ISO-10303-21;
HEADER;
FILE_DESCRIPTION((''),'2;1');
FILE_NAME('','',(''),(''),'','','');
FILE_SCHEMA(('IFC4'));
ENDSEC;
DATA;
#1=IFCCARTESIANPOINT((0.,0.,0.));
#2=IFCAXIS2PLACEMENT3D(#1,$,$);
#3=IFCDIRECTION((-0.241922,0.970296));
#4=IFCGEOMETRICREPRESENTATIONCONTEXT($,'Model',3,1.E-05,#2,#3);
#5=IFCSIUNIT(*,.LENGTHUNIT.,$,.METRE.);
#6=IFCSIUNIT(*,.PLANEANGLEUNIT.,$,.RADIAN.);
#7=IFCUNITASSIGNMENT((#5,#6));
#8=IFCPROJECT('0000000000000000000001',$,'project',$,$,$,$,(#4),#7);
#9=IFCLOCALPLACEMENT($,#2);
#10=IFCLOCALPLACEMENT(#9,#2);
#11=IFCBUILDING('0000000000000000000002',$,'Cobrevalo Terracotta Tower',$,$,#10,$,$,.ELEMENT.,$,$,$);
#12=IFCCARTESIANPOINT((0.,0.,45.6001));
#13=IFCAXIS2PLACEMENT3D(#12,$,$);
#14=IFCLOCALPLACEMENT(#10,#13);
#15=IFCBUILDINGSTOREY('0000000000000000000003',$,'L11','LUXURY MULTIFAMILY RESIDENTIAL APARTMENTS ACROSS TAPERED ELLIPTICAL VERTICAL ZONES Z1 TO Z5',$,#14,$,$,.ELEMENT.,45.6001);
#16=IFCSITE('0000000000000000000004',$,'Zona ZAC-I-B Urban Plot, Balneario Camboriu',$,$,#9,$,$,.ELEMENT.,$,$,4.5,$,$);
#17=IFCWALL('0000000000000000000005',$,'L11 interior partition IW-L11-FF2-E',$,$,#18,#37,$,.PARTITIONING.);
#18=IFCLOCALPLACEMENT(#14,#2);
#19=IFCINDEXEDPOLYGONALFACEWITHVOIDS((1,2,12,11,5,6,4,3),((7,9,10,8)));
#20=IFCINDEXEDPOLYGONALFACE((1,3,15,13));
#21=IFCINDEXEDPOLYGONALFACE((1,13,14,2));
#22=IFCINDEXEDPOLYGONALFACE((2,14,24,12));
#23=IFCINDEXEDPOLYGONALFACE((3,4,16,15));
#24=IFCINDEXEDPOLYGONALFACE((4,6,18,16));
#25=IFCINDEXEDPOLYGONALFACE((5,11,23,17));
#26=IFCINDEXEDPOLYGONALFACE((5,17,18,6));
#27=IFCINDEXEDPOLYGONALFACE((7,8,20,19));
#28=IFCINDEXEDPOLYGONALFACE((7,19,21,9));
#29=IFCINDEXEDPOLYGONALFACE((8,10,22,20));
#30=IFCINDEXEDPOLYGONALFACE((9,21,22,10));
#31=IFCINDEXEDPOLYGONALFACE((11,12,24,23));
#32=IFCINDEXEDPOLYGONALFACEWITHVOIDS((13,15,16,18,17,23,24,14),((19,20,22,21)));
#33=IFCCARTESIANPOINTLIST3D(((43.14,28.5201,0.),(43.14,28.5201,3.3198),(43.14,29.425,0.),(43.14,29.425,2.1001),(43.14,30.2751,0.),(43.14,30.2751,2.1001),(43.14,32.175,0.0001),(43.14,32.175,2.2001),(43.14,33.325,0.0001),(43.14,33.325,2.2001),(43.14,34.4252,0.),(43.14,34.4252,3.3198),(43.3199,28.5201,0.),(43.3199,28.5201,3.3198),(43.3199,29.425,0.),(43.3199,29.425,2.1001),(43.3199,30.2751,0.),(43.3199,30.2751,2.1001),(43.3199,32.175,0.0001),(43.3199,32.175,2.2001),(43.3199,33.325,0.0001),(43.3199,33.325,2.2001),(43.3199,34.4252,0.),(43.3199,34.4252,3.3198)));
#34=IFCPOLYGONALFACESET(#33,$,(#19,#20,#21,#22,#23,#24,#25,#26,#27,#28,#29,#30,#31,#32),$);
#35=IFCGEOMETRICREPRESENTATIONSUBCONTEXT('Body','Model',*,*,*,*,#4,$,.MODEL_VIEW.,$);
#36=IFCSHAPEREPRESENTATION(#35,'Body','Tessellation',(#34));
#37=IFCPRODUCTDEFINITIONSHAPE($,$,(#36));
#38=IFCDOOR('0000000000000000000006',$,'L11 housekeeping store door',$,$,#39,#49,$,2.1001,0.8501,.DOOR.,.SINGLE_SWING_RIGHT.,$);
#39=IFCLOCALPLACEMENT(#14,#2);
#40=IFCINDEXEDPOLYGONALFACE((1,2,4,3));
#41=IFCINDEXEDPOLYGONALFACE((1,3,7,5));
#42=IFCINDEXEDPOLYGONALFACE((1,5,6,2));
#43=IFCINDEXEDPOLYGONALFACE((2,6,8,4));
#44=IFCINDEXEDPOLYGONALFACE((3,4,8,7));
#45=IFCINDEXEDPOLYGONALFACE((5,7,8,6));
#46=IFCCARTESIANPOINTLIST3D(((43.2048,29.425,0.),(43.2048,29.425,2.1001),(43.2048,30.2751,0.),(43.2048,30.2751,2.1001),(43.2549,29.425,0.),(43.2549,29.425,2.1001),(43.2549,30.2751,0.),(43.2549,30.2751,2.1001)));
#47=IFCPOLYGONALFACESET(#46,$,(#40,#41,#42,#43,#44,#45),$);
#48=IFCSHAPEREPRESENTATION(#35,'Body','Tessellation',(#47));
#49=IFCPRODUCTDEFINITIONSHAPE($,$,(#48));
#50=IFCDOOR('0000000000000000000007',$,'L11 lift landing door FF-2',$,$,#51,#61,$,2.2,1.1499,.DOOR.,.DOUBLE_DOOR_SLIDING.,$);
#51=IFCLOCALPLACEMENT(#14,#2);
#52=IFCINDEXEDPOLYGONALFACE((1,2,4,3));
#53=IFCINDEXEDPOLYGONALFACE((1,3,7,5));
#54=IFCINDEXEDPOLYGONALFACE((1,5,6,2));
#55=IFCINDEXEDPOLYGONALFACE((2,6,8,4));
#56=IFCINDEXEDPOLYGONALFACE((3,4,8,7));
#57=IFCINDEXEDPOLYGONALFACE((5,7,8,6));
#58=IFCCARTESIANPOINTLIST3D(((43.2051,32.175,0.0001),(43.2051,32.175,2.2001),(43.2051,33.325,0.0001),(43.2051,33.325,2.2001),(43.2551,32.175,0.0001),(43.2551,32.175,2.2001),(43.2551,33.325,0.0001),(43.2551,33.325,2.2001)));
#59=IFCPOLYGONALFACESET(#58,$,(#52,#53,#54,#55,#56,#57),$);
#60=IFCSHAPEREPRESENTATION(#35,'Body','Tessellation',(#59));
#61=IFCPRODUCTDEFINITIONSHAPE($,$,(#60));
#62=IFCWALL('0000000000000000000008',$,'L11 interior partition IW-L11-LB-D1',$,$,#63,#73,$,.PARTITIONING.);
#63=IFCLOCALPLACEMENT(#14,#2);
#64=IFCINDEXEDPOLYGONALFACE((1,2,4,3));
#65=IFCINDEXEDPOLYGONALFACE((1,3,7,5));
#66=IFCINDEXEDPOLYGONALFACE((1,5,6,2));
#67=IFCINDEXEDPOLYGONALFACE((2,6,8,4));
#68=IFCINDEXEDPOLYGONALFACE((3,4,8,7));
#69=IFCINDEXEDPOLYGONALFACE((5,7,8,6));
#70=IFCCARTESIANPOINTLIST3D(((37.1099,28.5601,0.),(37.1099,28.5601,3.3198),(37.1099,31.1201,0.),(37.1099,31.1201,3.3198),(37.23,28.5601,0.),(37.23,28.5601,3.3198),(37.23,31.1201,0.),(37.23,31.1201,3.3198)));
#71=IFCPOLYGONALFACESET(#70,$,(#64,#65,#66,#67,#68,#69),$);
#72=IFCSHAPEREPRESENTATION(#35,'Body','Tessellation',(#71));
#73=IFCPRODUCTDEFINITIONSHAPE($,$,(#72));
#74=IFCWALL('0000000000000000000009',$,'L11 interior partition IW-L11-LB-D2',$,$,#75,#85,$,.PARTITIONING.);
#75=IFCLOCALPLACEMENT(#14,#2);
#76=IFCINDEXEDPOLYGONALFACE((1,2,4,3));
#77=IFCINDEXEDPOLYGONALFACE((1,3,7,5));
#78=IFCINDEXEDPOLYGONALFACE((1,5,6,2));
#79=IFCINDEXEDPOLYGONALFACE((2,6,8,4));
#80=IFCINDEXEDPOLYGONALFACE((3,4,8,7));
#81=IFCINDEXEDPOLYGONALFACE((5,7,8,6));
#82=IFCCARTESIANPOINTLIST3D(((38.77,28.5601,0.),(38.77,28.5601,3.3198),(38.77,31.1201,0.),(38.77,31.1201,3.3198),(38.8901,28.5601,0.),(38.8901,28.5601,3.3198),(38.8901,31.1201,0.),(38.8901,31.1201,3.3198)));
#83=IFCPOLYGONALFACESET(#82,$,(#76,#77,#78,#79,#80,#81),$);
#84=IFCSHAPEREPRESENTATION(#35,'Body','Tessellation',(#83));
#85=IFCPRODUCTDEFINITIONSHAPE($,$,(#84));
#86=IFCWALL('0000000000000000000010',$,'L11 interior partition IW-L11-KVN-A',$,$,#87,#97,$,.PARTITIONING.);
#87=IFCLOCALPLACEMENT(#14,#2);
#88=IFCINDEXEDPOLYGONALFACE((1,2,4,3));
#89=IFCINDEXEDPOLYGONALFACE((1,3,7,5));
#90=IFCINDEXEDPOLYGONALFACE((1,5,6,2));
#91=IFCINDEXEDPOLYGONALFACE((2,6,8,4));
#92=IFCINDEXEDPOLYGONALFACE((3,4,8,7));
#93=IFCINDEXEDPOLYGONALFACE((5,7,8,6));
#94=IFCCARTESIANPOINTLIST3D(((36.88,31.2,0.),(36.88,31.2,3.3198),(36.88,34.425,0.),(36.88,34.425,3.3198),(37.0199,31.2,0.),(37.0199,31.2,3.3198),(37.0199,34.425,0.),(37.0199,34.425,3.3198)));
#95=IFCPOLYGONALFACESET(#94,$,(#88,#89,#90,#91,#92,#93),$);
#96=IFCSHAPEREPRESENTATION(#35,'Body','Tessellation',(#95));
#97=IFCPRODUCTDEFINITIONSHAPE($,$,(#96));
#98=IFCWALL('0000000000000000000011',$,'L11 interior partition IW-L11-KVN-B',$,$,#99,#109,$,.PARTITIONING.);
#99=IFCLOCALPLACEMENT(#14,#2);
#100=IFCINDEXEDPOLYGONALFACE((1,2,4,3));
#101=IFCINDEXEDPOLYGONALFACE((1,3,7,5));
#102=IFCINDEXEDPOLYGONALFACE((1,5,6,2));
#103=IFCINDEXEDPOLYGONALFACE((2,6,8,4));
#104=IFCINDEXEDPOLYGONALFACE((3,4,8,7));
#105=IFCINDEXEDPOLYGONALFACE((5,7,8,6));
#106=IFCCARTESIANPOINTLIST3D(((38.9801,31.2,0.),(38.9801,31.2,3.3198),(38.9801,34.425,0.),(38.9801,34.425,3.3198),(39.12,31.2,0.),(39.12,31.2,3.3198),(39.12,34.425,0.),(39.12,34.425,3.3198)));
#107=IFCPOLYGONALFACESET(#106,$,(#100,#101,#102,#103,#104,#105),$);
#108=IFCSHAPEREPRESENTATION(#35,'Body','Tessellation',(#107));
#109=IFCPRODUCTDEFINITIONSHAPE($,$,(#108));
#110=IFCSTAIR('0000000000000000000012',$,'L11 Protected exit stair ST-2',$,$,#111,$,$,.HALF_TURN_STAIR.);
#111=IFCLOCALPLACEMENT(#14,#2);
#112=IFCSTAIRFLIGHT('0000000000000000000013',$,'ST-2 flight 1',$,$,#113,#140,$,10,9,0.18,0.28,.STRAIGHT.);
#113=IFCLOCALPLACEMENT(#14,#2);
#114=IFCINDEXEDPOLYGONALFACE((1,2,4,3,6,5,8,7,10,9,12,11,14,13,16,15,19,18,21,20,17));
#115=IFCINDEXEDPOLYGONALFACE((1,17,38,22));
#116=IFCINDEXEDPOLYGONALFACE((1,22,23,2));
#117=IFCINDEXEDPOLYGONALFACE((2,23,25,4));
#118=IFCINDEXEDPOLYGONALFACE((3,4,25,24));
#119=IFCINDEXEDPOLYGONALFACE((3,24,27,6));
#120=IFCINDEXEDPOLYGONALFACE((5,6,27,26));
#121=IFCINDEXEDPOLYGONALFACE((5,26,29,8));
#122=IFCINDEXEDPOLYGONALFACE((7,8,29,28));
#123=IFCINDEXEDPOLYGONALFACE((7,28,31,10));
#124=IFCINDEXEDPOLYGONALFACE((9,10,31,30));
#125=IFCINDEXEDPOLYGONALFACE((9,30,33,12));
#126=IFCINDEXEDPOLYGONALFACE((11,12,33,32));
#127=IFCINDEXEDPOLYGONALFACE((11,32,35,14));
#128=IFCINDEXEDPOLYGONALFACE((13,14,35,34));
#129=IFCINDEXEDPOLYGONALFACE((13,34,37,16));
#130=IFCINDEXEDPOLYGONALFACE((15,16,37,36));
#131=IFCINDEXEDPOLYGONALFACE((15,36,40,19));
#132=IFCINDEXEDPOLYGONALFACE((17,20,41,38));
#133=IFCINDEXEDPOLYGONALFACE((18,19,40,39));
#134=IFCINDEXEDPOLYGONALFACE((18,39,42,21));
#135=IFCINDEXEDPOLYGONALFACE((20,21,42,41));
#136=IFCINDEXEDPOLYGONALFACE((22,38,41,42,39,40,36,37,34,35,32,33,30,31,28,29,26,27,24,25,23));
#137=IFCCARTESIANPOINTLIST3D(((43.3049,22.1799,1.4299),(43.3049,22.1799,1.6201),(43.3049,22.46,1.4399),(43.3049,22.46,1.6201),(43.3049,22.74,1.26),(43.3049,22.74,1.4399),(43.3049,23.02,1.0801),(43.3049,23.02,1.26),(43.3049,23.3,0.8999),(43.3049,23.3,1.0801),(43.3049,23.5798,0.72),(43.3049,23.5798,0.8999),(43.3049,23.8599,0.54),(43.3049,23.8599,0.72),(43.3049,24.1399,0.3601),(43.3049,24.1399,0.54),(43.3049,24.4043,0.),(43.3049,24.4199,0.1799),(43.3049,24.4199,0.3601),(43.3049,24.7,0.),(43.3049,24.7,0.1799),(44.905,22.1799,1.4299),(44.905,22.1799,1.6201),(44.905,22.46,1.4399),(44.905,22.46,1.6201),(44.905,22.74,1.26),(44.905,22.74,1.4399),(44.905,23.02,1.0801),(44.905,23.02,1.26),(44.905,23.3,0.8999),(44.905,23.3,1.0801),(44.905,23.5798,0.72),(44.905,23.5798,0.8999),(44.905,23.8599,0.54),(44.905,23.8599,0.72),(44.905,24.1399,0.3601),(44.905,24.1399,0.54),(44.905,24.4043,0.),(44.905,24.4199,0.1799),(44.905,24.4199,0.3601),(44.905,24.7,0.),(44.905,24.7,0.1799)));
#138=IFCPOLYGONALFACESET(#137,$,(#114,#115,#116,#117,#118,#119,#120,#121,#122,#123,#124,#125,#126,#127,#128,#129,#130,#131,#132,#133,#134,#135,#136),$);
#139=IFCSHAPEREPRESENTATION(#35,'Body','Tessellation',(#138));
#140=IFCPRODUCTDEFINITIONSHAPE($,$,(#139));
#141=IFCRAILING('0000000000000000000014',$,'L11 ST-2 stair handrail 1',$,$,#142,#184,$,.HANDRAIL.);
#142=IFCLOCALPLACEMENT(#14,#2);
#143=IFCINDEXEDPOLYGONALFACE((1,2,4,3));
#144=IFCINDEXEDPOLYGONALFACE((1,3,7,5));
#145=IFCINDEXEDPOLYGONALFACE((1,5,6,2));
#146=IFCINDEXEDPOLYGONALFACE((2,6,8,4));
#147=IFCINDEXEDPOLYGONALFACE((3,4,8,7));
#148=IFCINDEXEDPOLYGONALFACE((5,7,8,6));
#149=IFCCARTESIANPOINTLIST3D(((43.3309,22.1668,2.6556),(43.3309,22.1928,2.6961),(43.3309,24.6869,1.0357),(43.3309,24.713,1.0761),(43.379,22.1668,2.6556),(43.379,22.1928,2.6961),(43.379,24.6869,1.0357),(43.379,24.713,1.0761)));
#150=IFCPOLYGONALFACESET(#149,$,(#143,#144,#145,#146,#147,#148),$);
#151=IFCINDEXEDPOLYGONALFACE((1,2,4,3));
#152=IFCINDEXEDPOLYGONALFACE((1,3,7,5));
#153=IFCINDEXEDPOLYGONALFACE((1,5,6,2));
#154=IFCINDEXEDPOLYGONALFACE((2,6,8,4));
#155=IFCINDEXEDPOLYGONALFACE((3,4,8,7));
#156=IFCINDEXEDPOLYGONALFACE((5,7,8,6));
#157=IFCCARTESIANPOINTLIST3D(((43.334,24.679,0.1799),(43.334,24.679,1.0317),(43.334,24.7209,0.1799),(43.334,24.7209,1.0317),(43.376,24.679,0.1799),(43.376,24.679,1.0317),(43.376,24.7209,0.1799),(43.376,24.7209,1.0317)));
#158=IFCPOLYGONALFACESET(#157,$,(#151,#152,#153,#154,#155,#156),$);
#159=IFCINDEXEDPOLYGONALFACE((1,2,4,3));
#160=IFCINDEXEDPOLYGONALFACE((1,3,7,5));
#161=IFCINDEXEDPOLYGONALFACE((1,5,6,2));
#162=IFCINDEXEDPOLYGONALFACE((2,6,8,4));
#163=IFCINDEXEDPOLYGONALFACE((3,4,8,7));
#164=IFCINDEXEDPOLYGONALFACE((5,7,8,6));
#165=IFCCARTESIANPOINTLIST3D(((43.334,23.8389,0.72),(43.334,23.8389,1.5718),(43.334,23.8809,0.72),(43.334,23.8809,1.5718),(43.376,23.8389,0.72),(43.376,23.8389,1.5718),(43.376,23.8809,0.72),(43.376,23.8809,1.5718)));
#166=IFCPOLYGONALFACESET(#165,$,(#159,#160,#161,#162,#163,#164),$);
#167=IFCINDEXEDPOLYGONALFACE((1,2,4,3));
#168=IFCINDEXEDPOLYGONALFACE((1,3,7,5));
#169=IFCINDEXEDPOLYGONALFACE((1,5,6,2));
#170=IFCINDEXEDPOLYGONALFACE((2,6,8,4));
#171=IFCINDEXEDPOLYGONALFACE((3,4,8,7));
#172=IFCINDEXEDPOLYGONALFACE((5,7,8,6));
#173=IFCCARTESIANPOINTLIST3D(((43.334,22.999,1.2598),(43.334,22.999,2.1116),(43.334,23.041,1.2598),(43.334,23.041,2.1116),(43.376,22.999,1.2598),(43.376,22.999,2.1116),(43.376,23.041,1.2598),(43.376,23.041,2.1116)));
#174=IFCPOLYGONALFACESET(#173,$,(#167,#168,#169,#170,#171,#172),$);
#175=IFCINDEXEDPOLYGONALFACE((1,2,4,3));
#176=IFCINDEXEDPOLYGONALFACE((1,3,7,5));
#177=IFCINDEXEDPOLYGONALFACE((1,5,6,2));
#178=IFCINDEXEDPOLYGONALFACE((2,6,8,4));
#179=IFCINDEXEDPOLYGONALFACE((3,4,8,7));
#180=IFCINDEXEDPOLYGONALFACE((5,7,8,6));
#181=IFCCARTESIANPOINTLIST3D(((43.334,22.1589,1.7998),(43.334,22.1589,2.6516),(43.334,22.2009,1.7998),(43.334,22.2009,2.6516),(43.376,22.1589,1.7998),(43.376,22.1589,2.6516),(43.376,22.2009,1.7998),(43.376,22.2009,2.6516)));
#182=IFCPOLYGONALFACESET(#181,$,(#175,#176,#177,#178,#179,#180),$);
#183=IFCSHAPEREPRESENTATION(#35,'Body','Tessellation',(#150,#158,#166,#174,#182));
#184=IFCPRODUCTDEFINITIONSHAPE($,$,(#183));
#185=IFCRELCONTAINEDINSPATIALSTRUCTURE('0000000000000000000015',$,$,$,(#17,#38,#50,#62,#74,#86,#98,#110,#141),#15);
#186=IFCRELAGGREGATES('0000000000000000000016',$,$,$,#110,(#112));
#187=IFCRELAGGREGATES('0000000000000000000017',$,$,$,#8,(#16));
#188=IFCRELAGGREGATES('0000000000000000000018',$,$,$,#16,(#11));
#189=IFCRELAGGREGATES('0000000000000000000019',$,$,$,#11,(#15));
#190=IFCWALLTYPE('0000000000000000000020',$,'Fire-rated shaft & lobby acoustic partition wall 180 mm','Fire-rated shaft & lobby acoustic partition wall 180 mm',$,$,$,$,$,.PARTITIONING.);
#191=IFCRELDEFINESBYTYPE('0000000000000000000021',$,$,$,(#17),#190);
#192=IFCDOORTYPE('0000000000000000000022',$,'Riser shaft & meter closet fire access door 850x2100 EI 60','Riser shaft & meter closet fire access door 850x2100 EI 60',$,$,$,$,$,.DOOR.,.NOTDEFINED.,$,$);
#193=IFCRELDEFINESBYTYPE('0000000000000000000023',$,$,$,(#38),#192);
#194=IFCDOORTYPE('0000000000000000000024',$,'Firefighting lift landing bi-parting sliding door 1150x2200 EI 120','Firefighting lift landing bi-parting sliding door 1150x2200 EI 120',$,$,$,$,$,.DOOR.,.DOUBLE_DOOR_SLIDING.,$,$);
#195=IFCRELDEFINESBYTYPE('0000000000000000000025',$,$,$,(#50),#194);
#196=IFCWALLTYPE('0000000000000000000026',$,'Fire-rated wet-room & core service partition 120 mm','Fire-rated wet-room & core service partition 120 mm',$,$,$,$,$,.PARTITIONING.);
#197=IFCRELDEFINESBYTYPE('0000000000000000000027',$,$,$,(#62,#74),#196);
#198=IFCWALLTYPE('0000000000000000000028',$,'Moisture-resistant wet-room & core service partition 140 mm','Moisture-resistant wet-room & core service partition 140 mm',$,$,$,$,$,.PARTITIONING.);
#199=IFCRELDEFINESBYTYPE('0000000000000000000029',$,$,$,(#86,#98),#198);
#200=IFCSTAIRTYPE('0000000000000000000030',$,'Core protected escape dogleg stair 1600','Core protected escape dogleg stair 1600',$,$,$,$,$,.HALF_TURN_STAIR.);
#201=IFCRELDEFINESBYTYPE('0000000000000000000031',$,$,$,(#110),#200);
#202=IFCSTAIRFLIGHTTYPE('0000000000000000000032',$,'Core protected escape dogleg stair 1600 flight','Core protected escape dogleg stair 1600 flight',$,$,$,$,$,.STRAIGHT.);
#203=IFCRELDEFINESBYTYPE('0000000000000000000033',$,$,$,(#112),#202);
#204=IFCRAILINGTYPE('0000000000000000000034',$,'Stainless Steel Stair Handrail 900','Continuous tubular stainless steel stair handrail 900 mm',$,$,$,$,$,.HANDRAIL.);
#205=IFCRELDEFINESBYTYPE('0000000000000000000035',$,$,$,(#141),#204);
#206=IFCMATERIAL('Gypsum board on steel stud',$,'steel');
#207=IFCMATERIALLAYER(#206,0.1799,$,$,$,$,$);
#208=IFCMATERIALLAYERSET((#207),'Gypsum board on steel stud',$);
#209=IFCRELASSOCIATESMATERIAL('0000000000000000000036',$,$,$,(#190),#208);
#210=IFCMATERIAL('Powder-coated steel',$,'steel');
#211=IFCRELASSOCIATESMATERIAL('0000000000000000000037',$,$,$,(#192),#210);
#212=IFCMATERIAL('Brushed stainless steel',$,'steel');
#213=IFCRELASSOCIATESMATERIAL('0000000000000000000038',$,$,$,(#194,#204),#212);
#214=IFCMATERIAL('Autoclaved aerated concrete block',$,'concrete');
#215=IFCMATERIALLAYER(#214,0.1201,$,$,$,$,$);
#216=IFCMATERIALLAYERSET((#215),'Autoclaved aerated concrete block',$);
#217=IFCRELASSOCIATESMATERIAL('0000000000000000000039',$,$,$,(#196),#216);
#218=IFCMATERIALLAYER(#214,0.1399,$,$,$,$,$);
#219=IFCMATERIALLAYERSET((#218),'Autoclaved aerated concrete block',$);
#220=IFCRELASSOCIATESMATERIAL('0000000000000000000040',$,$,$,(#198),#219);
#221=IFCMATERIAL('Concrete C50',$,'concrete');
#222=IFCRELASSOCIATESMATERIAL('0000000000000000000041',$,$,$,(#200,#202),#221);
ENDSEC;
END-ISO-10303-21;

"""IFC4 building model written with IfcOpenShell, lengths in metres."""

from ifc_helpers import new_model, si_unit, direction, frame, frame_2d, origin, origin_2d, place, context, subcontext, project, spatial, polyline, rectangle, outline, extrude, source, transform, mapped, material, layer, layer_set, type_object, element, fill, aggregate, save


model = new_model("IFC4")

# Units and contexts
model_context = context("Model", 3, precision=1e-05, world=origin(), true_north=direction((-0.241922, 0.970296)))
body_context = subcontext(model_context, "Body", "Model", "MODEL_VIEW")
ifc_project = project(units=[si_unit("LENGTHUNIT", "METRE"), si_unit("PLANEANGLEUNIT", "RADIAN")], contexts=[model_context])

# Site, building, storey
site_placement = place(None, origin())
site = spatial("IfcSite", under=ifc_project, at=site_placement, Name="Zona ZAC-I-B Urban Plot, Balneario Camboriu", CompositionType="ELEMENT", RefElevation=4.5)
building_placement = place(site_placement, origin())
building = spatial("IfcBuilding", under=site, at=building_placement, Name="Cobrevalo Terracotta Tower", CompositionType="ELEMENT")
storey_placement = place(building_placement, frame((0.0, 0.0, 45.6001)))
storey = spatial("IfcBuildingStorey", under=building, at=storey_placement, Name="L11", Description="LUXURY MULTIFAMILY RESIDENTIAL APARTMENTS ACROSS TAPERED ELLIPTICAL VERTICAL ZONES Z1 TO Z5", CompositionType="ELEMENT", Elevation=45.6001)

# Shared definitions
ifc_material_1 = material(Name="Gypsum board on steel stud", Category="steel")

# Shared definitions
ifc_material_2 = material(Name="Brushed stainless steel", Category="steel")

# Shared definitions
ifc_layer_1 = layer(ifc_material_1, 0.1799)
ifc_layer_set_1 = layer_set([ifc_layer_1], Name="Gypsum board on steel stud")
wall_type_1 = type_object("IfcWallType", Name="Fire-rated shaft & lobby acoustic partition wall 180 mm", Description="Fire-rated shaft & lobby acoustic partition wall 180 mm", PredefinedType="PARTITIONING", material=ifc_layer_set_1)
ifc_material_3 = material(Name="Powder-coated steel", Category="steel")
door_type_1 = type_object("IfcDoorType", Name="Riser shaft & meter closet fire access door 850x2100 EI 60", Description="Riser shaft & meter closet fire access door 850x2100 EI 60", OperationType="NOTDEFINED", PredefinedType="DOOR", material=ifc_material_3)
shared_shape_1 = source(origin(), body_context, "Body", "SweptSolid", [
    extrude(rectangle(XDim=0.8501, YDim=2.1001, at=frame_2d((0.425, 1.05))), frame((0.0, 0.0249, 0.0), z_axis=(0.0, -1.0, 0.0), x_axis=(1.0, 0.0, 0.0)), (0.0, 0.0, 1.0), 0.05),
])

# Wall, openings, doors
wall_1_placement = place(storey_placement, frame((43.23, 28.52, 0.0), z_axis=(0.0, 0.0, 1.0), x_axis=(0.0, 1.0, 0.0)))
wall_1 = element("IfcWall", 1, at=wall_1_placement, inside=storey, type_object=wall_type_1, Name="L11 interior partition IW-L11-FF2-E", PredefinedType="PARTITIONING", context=body_context, shape_type="SweptSolid", body=[
    extrude(rectangle(XDim=5.905, YDim=0.1799, at=frame_2d((2.9526, 0.0))), origin(), (0.0, 0.0, 1.0), 3.3198),
])
opening_1_placement = place(wall_1_placement, frame((0.905, 0.0, 0.0)))
opening_1 = element("IfcOpeningElement", 2, at=opening_1_placement, cuts=wall_1, PredefinedType="OPENING", context=body_context, shape_type="SweptSolid", body=[
    extrude(rectangle(XDim=0.8501, YDim=2.1001, at=frame_2d((0.425, 1.05))), frame((0.0, 0.1001, 0.0), z_axis=(0.0, -1.0, 0.0), x_axis=(1.0, 0.0, 0.0)), (0.0, 0.0, 1.0), 0.2),
])
opening_2_placement = place(wall_1_placement, frame((3.655, 0.0, 0.0)))
opening_2 = element("IfcOpeningElement", 3, at=opening_2_placement, cuts=wall_1, PredefinedType="OPENING", context=body_context, shape_type="SweptSolid", body=[
    extrude(rectangle(XDim=1.1499, YDim=2.2, at=frame_2d((0.575, 1.1001))), frame((0.0, 0.1001, 0.0), z_axis=(0.0, -1.0, 0.0), x_axis=(1.0, 0.0, 0.0)), (0.0, 0.0, 1.0), 0.2),
])
door_1_placement = place(opening_1_placement, frame((0.8501, 0.0, 0.0), z_axis=(0.0, 0.0, 1.0), x_axis=(-1.0, 0.0, 0.0)))
door_1 = element("IfcDoor", 4, at=door_1_placement, inside=storey, type_object=door_type_1, Name="L11 housekeeping store door", OperationType="SINGLE_SWING_RIGHT", OverallHeight=2.1001, OverallWidth=0.8501, PredefinedType="DOOR", context=body_context, shape_type="MappedRepresentation", body=[
    mapped(shared_shape_1, transform((0.0, 0.0, 0.0), scale=1.0)),
])
fill(opening_1, door_1)
door_type_2 = type_object("IfcDoorType", Name="Firefighting lift landing bi-parting sliding door 1150x2200 EI 120", Description="Firefighting lift landing bi-parting sliding door 1150x2200 EI 120", OperationType="DOUBLE_DOOR_SLIDING", PredefinedType="DOOR", material=ifc_material_2)
shared_shape_2 = source(origin(), body_context, "Body", "SweptSolid", [
    extrude(rectangle(XDim=1.1499, YDim=2.2, at=frame_2d((0.575, 1.1001))), frame((0.0, 0.0249, 0.0), z_axis=(0.0, -1.0, 0.0), x_axis=(1.0, 0.0, 0.0)), (0.0, 0.0, 1.0), 0.05),
])
door_2_placement = place(opening_2_placement, origin())
door_2 = element("IfcDoor", 5, at=door_2_placement, inside=storey, type_object=door_type_2, Name="L11 lift landing door FF-2", OperationType="DOUBLE_DOOR_SLIDING", OverallHeight=2.2, OverallWidth=1.1499, PredefinedType="DOOR", context=body_context, shape_type="MappedRepresentation", body=[
    mapped(shared_shape_2, transform((0.0, 0.0, 0.0), scale=1.0)),
])
fill(opening_2, door_2)

# Walls
ifc_material_4 = material(Name="Autoclaved aerated concrete block", Category="concrete")
ifc_layer_2 = layer(ifc_material_4, 0.1201)
ifc_layer_set_2 = layer_set([ifc_layer_2], Name="Autoclaved aerated concrete block")
wall_type_2 = type_object("IfcWallType", Name="Fire-rated wet-room & core service partition 120 mm", Description="Fire-rated wet-room & core service partition 120 mm", PredefinedType="PARTITIONING", material=ifc_layer_set_2)
for number, where, z_axis, x_axis, name in (
    (6, (37.1699, 28.5601, 0.0), (0.0, 0.0, 1.0), (0.0, 1.0, 0.0), "L11 interior partition IW-L11-LB-D1"),
    (7, (38.8301, 28.5601, 0.0), (0.0, 0.0, 1.0), (0.0, 1.0, 0.0), "L11 interior partition IW-L11-LB-D2"),
):
    element("IfcWall", number, at=place(storey_placement, frame(where, z_axis=z_axis, x_axis=x_axis)), inside=storey, type_object=wall_type_2, Name=name, PredefinedType="PARTITIONING", context=body_context, shape_type="SweptSolid", body=[
        extrude(rectangle(XDim=2.5601, YDim=0.1201, at=frame_2d((1.28, 0.0))), origin(), (0.0, 0.0, 1.0), 3.3198),
    ])
ifc_layer_3 = layer(ifc_material_4, 0.1399)
ifc_layer_set_3 = layer_set([ifc_layer_3], Name="Autoclaved aerated concrete block")
wall_type_3 = type_object("IfcWallType", Name="Moisture-resistant wet-room & core service partition 140 mm", Description="Moisture-resistant wet-room & core service partition 140 mm", PredefinedType="PARTITIONING", material=ifc_layer_set_3)
for number, where, z_axis, x_axis, name in (
    (8, (36.95, 31.2, 0.0), (0.0, 0.0, 1.0), (0.0, 1.0, 0.0), "L11 interior partition IW-L11-KVN-A"),
    (9, (39.05, 31.2, 0.0), (0.0, 0.0, 1.0), (0.0, 1.0, 0.0), "L11 interior partition IW-L11-KVN-B"),
):
    element("IfcWall", number, at=place(storey_placement, frame(where, z_axis=z_axis, x_axis=x_axis)), inside=storey, type_object=wall_type_3, Name=name, PredefinedType="PARTITIONING", context=body_context, shape_type="SweptSolid", body=[
        extrude(rectangle(XDim=3.2251, YDim=0.1399, at=frame_2d((1.6125, 0.0))), origin(), (0.0, 0.0, 1.0), 3.3198),
    ])

# Shared definitions
ifc_material_5 = material(Name="Concrete C50", Category="concrete")

# Stair, stair flight
stair_type = type_object("IfcStairType", Name="Core protected escape dogleg stair 1600", Description="Core protected escape dogleg stair 1600", PredefinedType="HALF_TURN_STAIR", material=ifc_material_5)
stair_placement = place(storey_placement, origin())
stair = element("IfcStair", 10, at=stair_placement, inside=storey, type_object=stair_type, Name="L11 Protected exit stair ST-2", PredefinedType="HALF_TURN_STAIR")
stair_flight_type = type_object("IfcStairFlightType", Name="Core protected escape dogleg stair 1600 flight", Description="Core protected escape dogleg stair 1600 flight", PredefinedType="STRAIGHT", material=ifc_material_5)
stair_flight_placement = place(storey_placement, frame((44.105, 24.7, 0.0), z_axis=(0.0, 0.0, 1.0), x_axis=(0.0, -1.0, 0.0)))
stair_flight = element("IfcStairFlight", 11, at=stair_flight_placement, type_object=stair_flight_type, Name="ST-2 flight 1", NumberOfRisers=10, NumberOfTreads=9, PredefinedType="STRAIGHT", RiserHeight=0.18, TreadLength=0.28, context=body_context, shape_type="SweptSolid", body=[
    extrude(outline(polyline([(0.0, 0.0), (0.0, 0.1799), (0.28, 0.1799), (0.28, 0.3601), (0.5601, 0.3601), (0.5601, 0.54), (0.8401, 0.54), (0.8401, 0.72), (1.1201, 0.72), (1.1201, 0.8999), (1.3999, 0.8999), (1.3999, 1.0801), (1.6799, 1.0801), (1.6799, 1.26), (1.96, 1.26), (1.96, 1.4399), (2.24, 1.4399), (2.24, 1.6201), (2.52, 1.6201), (2.52, 1.8), (2.52, 1.4299), (0.2957, 0.0), (0.0, 0.0)])), frame((0.0, 0.8, 0.0), z_axis=(0.0, -1.0, 0.0), x_axis=(1.0, 0.0, 0.0)), (0.0, 0.0, 1.0), 1.6001),
])
aggregate(stair, [stair_flight])

# Railing
railing_type_1 = type_object("IfcRailingType", Name="Stainless Steel Stair Handrail 900", Description="Continuous tubular stainless steel stair handrail 900 mm", PredefinedType="HANDRAIL", material=ifc_material_2)
railing_1_placement = place(storey_placement, frame((43.355, 24.7, 0.1799)))
element("IfcRailing", 12, at=railing_1_placement, inside=storey, type_object=railing_type_1, Name="L11 ST-2 stair handrail 1", PredefinedType="HANDRAIL", context=body_context, shape_type="SweptSolid", body=[
    extrude(rectangle(XDim=0.0481, YDim=0.0481, at=origin_2d()), frame((0.0, 0.0, 0.876), z_axis=(0.0, -0.8412, 0.540725), x_axis=(1.0, 0.0, 0.0)), (0.0, 0.0, 1.0), 2.9958),
    extrude(rectangle(XDim=0.042, YDim=0.042, at=origin_2d()), origin(), (0.0, 0.0, 1.0), 0.8518),
    extrude(rectangle(XDim=0.042, YDim=0.042, at=origin_2d()), frame((0.0, -0.8401, 0.54)), (0.0, 0.0, 1.0), 0.8518),
    extrude(rectangle(XDim=0.042, YDim=0.042, at=origin_2d()), frame((0.0, -1.6799, 1.0798)), (0.0, 0.0, 1.0), 0.8518),
    extrude(rectangle(XDim=0.042, YDim=0.042, at=origin_2d()), frame((0.0, -2.52, 1.6199)), (0.0, 0.0, 1.0), 0.8518),
])

save(model, "model.ifc")
